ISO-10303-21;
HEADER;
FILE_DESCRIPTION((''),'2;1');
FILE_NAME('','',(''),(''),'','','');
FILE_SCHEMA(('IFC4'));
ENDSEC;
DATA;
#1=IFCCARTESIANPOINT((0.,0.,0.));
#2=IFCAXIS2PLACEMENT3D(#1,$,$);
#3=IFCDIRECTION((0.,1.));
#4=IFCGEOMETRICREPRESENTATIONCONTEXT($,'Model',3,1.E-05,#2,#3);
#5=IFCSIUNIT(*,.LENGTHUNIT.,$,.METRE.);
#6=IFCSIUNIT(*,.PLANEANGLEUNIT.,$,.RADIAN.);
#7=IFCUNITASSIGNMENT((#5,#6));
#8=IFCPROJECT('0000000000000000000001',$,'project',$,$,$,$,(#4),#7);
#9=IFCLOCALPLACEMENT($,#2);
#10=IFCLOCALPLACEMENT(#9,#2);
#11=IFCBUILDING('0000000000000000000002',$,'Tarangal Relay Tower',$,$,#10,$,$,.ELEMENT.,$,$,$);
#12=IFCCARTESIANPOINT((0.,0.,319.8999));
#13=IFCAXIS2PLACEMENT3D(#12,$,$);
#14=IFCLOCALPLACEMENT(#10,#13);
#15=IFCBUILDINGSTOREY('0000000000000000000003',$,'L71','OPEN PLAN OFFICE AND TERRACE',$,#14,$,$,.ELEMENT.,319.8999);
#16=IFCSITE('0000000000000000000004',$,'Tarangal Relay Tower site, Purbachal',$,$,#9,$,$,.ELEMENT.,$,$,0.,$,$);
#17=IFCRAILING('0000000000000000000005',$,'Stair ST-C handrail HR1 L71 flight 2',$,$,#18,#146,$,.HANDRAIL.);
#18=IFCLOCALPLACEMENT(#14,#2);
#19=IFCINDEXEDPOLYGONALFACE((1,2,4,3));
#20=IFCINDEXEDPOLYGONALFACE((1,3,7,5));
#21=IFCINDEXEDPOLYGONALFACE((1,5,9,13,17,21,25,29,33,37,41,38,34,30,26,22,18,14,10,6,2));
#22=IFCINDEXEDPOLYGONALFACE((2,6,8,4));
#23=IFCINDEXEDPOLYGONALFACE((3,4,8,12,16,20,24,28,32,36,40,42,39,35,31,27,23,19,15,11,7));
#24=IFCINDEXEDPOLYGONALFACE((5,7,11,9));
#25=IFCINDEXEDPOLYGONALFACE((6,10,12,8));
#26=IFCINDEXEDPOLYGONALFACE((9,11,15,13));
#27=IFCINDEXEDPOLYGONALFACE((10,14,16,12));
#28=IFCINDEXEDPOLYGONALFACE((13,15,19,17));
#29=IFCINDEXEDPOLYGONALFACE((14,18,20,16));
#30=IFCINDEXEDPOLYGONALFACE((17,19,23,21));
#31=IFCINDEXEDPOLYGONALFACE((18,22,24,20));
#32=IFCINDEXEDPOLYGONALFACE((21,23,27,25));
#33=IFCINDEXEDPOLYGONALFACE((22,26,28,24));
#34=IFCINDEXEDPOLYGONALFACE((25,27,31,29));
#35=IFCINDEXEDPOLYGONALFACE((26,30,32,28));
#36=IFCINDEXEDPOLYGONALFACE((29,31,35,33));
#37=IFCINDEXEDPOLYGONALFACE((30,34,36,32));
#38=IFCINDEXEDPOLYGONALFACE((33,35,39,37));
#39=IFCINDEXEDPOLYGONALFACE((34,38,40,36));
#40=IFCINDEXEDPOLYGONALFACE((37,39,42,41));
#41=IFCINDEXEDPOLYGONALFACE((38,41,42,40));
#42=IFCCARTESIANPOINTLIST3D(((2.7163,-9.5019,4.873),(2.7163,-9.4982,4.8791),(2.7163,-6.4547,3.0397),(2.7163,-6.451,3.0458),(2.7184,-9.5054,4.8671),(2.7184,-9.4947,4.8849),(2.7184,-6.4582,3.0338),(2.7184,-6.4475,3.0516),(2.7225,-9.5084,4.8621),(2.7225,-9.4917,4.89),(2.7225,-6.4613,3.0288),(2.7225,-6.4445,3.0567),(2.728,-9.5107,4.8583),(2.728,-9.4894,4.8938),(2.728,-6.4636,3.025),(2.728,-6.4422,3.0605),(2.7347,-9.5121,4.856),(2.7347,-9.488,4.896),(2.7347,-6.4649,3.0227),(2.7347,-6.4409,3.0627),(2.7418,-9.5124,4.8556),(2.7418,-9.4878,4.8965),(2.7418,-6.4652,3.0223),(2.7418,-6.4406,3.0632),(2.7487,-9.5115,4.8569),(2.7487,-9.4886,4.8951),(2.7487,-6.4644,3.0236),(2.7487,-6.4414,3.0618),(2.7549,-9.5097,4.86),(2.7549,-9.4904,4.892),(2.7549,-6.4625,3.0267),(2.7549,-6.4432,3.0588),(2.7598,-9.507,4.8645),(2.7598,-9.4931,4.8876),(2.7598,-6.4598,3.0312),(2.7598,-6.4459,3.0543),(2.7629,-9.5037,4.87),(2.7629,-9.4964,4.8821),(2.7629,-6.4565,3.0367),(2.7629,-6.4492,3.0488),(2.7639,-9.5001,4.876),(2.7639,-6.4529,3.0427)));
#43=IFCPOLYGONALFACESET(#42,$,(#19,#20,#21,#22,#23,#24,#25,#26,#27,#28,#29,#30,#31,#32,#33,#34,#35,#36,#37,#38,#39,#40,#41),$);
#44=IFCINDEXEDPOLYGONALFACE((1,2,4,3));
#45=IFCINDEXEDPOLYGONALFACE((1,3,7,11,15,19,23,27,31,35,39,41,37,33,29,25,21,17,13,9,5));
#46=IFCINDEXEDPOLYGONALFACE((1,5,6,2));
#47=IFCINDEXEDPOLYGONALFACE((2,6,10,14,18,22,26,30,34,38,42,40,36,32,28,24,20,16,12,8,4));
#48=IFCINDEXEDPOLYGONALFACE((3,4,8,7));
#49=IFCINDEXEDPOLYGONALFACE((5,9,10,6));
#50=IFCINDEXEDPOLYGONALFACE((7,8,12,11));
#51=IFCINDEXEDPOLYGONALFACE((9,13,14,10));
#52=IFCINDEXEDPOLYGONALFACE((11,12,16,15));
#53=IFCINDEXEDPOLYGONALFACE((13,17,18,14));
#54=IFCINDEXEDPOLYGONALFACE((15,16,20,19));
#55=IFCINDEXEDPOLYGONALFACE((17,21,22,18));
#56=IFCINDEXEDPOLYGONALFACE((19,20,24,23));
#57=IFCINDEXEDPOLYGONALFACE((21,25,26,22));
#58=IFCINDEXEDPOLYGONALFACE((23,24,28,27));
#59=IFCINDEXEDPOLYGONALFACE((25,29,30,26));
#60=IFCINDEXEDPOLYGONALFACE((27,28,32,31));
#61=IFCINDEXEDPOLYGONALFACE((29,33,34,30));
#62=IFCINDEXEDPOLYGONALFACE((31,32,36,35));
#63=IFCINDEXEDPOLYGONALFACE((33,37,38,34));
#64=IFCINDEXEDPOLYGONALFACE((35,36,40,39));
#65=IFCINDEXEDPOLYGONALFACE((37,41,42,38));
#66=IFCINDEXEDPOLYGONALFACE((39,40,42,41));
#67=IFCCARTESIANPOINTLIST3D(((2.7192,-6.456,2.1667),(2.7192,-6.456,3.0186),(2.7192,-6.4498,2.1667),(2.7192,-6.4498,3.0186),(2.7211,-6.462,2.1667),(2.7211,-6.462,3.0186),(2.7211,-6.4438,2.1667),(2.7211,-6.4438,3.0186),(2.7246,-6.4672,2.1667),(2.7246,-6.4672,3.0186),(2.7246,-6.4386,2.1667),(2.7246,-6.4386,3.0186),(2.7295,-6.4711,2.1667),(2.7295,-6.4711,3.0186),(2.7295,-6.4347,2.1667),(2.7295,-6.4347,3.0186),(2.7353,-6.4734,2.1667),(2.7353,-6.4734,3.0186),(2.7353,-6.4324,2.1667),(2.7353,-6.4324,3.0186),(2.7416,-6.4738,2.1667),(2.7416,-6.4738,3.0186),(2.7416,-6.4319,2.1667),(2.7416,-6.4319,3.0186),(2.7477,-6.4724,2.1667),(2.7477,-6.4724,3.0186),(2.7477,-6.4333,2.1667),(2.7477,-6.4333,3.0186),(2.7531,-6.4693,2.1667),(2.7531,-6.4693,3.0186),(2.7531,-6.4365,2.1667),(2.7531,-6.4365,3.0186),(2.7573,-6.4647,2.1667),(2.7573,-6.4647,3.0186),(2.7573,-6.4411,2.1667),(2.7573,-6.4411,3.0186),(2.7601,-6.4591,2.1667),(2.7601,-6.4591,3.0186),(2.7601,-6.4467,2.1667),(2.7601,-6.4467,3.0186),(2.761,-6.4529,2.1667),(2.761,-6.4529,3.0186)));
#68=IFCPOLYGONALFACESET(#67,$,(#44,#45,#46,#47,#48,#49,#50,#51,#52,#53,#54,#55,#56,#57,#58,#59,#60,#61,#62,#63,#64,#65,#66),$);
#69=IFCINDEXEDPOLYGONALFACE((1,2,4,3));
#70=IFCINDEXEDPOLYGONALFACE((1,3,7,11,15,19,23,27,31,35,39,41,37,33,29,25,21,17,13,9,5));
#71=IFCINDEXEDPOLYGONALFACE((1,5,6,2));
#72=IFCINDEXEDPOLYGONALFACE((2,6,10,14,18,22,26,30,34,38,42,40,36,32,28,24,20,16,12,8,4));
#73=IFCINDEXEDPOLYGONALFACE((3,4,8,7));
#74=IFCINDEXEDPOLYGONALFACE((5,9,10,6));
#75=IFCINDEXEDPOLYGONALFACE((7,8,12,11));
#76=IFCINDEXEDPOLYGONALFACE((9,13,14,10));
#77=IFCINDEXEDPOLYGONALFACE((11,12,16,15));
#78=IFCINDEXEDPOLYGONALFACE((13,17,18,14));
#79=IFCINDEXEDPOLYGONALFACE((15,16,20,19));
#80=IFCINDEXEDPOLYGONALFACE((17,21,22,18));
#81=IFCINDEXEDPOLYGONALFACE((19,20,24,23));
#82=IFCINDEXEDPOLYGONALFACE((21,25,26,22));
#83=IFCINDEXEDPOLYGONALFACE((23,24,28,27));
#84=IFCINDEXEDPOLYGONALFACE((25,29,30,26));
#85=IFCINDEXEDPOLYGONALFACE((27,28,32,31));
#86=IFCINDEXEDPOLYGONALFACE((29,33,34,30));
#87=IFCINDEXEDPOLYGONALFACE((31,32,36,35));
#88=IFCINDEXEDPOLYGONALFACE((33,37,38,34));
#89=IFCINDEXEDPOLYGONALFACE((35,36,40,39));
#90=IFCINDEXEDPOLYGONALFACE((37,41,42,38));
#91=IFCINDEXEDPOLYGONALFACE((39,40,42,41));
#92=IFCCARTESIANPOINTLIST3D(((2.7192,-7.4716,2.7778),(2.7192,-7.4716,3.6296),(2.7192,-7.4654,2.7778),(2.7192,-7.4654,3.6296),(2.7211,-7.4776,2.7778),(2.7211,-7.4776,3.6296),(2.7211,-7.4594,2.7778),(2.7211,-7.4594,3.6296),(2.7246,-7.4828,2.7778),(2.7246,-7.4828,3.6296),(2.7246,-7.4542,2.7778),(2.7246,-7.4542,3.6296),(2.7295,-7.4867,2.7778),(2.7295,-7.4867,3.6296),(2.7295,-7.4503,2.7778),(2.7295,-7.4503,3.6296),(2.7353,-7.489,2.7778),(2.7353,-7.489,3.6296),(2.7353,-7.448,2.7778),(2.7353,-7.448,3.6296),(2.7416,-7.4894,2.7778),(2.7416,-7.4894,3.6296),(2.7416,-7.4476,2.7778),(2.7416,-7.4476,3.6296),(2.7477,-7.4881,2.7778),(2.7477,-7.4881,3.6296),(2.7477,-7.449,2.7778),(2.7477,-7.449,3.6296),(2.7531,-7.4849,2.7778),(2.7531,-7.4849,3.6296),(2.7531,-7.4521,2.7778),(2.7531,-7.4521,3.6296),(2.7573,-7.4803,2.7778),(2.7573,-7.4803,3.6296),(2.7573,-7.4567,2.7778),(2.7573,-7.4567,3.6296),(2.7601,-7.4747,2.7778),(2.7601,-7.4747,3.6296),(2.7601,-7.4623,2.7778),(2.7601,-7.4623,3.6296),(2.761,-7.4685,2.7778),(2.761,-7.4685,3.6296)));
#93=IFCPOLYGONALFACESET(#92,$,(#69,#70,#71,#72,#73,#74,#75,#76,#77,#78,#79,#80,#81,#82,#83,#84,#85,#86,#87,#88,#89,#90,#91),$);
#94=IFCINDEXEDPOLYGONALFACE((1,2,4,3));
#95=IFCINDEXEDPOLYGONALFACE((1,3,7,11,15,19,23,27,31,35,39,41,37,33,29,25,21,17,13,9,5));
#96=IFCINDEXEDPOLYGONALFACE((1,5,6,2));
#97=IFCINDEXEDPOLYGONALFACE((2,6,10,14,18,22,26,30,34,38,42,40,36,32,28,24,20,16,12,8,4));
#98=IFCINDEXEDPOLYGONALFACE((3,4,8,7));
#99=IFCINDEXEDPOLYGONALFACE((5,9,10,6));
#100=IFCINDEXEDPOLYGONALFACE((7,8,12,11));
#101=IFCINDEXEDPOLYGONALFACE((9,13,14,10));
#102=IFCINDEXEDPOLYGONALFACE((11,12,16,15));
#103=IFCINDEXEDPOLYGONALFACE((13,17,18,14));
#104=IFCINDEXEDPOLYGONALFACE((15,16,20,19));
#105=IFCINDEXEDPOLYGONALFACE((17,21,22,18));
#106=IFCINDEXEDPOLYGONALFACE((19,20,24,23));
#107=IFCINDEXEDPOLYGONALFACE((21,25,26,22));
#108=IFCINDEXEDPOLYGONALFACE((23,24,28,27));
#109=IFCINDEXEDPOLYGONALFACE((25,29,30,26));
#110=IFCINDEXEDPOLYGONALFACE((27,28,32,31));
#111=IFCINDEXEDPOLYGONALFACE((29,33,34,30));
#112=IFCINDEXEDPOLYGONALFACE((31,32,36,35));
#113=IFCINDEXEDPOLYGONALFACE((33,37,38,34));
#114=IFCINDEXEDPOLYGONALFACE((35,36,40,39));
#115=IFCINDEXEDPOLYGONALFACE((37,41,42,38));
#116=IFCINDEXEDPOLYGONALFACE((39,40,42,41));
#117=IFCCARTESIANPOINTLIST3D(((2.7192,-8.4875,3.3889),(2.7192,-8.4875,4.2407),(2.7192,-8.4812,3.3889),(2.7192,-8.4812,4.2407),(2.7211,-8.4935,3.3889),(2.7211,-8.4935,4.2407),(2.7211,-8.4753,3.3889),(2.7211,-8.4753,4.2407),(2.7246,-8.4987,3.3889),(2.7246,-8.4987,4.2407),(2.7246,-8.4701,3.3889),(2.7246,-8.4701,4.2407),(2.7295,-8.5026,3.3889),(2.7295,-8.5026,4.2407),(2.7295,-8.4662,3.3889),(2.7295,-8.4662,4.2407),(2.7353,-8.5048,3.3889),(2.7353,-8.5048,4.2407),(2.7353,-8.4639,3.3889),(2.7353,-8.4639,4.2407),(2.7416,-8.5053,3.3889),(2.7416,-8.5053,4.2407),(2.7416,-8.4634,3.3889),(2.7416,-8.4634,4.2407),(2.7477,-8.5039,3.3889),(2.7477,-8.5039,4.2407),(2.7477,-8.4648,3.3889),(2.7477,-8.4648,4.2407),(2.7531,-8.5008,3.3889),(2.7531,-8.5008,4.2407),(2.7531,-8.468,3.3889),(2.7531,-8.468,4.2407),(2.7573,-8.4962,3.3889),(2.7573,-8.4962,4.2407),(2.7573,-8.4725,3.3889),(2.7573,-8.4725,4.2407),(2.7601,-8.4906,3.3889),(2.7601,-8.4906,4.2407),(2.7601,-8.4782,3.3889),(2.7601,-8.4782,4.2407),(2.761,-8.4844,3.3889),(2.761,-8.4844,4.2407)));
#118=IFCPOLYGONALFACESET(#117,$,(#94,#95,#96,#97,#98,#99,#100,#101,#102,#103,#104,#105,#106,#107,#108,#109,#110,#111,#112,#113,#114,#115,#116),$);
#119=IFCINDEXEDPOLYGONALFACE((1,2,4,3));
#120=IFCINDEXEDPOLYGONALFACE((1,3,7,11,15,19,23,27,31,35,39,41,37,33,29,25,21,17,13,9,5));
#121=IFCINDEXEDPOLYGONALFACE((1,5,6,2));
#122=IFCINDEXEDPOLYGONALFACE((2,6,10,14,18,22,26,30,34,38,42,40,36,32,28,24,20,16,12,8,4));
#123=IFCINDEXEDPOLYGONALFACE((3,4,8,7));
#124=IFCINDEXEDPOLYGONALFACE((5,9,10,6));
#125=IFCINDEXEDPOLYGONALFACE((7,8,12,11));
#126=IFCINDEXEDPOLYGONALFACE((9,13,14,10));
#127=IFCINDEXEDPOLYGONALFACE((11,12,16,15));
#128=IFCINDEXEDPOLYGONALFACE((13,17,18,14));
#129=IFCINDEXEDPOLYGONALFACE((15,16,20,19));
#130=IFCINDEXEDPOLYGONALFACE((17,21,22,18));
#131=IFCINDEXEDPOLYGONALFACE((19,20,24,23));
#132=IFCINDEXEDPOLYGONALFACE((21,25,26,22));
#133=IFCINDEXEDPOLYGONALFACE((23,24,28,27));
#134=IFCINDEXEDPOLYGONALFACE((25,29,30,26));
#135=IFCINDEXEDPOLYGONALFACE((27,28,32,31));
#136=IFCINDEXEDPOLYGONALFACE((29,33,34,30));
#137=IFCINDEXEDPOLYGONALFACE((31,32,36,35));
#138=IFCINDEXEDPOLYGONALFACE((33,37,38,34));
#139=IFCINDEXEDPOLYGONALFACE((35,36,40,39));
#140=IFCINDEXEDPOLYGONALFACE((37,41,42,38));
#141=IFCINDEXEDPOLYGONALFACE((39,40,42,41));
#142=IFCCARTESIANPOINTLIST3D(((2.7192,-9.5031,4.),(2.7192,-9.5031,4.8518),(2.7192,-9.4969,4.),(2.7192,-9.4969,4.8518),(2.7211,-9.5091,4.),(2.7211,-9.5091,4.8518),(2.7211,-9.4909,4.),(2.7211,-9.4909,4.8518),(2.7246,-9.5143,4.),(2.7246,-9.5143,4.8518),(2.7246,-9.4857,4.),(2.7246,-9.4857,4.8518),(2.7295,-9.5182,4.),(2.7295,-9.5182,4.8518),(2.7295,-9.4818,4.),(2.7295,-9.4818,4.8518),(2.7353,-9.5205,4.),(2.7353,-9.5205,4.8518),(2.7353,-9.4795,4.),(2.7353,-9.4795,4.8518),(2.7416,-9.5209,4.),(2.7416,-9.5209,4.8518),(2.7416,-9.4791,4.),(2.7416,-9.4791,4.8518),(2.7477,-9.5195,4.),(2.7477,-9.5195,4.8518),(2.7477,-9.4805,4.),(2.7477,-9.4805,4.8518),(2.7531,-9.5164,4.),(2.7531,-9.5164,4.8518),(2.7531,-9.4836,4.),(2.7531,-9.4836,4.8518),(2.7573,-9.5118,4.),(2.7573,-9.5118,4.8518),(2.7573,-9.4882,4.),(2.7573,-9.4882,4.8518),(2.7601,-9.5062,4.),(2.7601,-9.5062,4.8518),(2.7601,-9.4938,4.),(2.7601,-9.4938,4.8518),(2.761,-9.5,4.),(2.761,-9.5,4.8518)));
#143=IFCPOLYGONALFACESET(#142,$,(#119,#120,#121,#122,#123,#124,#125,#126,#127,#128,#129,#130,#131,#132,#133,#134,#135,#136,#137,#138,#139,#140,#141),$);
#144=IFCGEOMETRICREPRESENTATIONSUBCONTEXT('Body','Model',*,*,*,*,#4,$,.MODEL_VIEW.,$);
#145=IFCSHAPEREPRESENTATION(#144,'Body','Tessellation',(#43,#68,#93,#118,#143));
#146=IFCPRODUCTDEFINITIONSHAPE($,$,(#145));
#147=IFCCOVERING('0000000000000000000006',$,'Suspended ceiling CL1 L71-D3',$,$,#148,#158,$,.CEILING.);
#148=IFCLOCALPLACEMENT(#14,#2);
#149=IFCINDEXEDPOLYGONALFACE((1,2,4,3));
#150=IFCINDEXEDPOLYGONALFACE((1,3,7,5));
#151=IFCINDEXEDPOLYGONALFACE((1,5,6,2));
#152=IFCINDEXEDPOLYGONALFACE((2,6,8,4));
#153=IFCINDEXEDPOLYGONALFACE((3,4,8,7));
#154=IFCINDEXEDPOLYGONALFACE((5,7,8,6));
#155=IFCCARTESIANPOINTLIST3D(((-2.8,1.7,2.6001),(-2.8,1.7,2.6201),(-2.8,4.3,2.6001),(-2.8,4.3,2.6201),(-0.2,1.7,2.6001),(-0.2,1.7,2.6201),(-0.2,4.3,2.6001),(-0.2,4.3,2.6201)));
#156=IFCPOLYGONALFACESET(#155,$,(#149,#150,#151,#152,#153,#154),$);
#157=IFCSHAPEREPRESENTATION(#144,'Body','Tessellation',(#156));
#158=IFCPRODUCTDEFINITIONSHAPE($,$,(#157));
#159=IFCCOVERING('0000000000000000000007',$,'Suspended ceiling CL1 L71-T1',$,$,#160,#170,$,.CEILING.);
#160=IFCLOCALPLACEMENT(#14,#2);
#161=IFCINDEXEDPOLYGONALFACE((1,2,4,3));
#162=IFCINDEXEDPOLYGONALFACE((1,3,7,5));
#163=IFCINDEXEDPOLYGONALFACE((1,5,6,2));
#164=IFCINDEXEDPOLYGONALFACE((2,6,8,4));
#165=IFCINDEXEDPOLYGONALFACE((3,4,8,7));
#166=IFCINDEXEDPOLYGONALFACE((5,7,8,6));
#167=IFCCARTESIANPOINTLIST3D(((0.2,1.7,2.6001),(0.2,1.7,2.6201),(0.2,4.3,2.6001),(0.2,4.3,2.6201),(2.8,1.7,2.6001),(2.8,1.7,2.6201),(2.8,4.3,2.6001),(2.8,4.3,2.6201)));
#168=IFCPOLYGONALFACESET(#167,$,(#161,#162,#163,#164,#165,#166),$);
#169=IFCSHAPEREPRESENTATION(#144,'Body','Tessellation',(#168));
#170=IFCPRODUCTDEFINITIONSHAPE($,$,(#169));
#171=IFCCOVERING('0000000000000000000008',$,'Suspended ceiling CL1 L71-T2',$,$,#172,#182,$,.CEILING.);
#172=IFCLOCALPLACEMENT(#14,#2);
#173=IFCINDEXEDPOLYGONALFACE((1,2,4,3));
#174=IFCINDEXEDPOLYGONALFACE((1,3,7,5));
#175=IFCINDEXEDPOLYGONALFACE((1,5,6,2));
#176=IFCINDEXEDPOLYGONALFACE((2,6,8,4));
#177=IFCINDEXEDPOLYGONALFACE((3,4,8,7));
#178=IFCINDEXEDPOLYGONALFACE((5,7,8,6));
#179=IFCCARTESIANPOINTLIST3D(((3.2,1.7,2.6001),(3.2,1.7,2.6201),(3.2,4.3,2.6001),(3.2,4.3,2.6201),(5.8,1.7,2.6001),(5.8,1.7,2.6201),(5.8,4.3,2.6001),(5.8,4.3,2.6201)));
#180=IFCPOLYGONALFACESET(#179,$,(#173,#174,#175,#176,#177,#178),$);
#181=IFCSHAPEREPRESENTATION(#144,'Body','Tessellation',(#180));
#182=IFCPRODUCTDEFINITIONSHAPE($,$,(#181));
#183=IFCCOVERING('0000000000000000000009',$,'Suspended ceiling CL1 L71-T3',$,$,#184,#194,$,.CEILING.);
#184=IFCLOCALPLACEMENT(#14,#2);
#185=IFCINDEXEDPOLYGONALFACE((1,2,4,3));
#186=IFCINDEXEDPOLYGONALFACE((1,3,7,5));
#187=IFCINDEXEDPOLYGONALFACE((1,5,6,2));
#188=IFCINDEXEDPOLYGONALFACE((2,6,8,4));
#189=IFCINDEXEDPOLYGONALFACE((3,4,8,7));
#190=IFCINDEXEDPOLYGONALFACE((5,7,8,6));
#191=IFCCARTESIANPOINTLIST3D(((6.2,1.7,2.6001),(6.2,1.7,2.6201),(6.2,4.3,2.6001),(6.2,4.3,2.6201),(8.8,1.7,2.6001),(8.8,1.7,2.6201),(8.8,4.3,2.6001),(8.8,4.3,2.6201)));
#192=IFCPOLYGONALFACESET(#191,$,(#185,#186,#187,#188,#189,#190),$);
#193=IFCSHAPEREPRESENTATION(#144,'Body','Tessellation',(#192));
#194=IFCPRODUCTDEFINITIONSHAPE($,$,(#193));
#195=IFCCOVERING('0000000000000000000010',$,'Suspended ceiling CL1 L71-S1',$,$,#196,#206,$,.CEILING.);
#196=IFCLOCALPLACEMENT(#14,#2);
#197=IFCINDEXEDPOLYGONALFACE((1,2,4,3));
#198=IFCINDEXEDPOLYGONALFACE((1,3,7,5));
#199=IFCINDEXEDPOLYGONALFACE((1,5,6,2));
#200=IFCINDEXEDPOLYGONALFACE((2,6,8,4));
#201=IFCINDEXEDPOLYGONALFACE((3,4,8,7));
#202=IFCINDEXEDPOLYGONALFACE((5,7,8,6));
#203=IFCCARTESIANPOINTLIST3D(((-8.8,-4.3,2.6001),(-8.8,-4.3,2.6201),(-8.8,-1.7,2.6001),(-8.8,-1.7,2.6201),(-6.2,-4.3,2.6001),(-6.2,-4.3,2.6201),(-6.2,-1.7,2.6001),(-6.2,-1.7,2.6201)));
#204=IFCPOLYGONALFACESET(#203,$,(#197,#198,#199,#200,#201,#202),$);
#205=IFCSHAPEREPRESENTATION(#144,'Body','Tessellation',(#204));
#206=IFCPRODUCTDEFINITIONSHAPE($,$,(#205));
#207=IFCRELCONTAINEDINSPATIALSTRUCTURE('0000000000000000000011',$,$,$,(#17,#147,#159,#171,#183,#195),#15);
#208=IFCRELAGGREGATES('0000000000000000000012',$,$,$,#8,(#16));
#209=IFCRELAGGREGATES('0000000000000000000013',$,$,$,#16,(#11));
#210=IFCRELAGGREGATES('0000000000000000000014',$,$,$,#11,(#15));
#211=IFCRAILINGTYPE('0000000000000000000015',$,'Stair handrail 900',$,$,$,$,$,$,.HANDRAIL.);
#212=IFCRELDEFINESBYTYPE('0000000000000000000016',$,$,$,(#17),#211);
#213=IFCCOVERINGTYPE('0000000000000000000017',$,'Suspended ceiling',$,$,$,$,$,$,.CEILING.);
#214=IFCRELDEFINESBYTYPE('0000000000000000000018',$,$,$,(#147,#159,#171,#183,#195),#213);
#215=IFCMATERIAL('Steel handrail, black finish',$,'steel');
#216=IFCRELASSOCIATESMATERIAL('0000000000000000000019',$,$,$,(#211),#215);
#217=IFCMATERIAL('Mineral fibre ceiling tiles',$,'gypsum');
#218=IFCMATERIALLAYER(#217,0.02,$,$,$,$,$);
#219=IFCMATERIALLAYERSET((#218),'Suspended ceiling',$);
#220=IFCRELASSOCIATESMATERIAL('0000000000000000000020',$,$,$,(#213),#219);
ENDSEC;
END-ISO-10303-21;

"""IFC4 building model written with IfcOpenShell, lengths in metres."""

from ifc_helpers import new_model, si_unit, direction, frame, origin, origin_2d, place, context, subcontext, project, spatial, polyline, circle, outline, extrude, material, layer, layer_set, type_object, element, save


model = new_model("IFC4")

# Units and contexts
model_context = context("Model", 3, precision=1e-05, world=origin(), true_north=direction((0.0, 1.0)))
body_context = subcontext(model_context, "Body", "Model", "MODEL_VIEW")
ifc_project = project(units=[si_unit("LENGTHUNIT", "METRE"), si_unit("PLANEANGLEUNIT", "RADIAN")], contexts=[model_context])

# Site, building, storey
site_placement = place(None, origin())
site = spatial("IfcSite", under=ifc_project, at=site_placement, Name="Tarangal Relay Tower site, Purbachal", CompositionType="ELEMENT", RefElevation=0.0)
building_placement = place(site_placement, origin())
building = spatial("IfcBuilding", under=site, at=building_placement, Name="Tarangal Relay Tower", CompositionType="ELEMENT")
storey_placement = place(building_placement, frame((0.0, 0.0, 319.8999)))
storey = spatial("IfcBuildingStorey", under=building, at=storey_placement, Name="L71", Description="OPEN PLAN OFFICE AND TERRACE", CompositionType="ELEMENT", Elevation=319.8999)

# Railing
ifc_material_1 = material(Name="Steel handrail, black finish", Category="steel")
railing_type = type_object("IfcRailingType", Name="Stair handrail 900", PredefinedType="HANDRAIL", material=ifc_material_1)
railing_placement = place(storey_placement, frame((2.74, -6.4529, 2.1667)))
element("IfcRailing", 1, at=railing_placement, inside=storey, type_object=railing_type, Name="Stair ST-C handrail HR1 L71 flight 2", PredefinedType="HANDRAIL", context=body_context, shape_type="SweptSolid", body=[
    extrude(circle(Radius=0.0239, at=origin_2d()), frame((0.0, 0.0, 0.876), z_axis=(0.0, -0.856874, 0.515525), x_axis=(1.0, 0.0, 0.0)), (0.0, 0.0, 1.0), 3.5562),
    extrude(circle(Radius=0.021, at=origin_2d()), origin(), (0.0, 0.0, 1.0), 0.8518),
    extrude(circle(Radius=0.021, at=origin_2d()), frame((0.0, -1.0156, 0.6111)), (0.0, 0.0, 1.0), 0.8518),
    extrude(circle(Radius=0.021, at=origin_2d()), frame((0.0, -2.0315, 1.2222)), (0.0, 0.0, 1.0), 0.8518),
    extrude(circle(Radius=0.021, at=origin_2d()), frame((0.0, -3.0471, 1.8333)), (0.0, 0.0, 1.0), 0.8518),
])

# Coverings
ifc_material_2 = material(Name="Mineral fibre ceiling tiles", Category="gypsum")
ifc_layer_1 = layer(ifc_material_2, 0.02)
ifc_layer_set_1 = layer_set([ifc_layer_1], Name="Suspended ceiling")
covering_type_1 = type_object("IfcCoveringType", Name="Suspended ceiling", PredefinedType="CEILING", material=ifc_layer_set_1)
covering_1_placement = place(storey_placement, frame((0.0, 0.0, 2.6001)))
element("IfcCovering", 2, at=covering_1_placement, inside=storey, type_object=covering_type_1, Name="Suspended ceiling CL1 L71-D3", PredefinedType="CEILING", context=body_context, shape_type="SweptSolid", body=[
    extrude(outline(polyline([(-2.8, 1.7), (-0.2, 1.7), (-0.2, 4.3), (-2.8, 4.3), (-2.8, 1.7)])), origin(), (0.0, 0.0, 1.0), 0.02),
])
covering_2_placement = place(storey_placement, frame((0.0, 0.0, 2.6001)))
element("IfcCovering", 3, at=covering_2_placement, inside=storey, type_object=covering_type_1, Name="Suspended ceiling CL1 L71-T1", PredefinedType="CEILING", context=body_context, shape_type="SweptSolid", body=[
    extrude(outline(polyline([(0.2, 1.7), (2.8, 1.7), (2.8, 4.3), (0.2, 4.3), (0.2, 1.7)])), origin(), (0.0, 0.0, 1.0), 0.02),
])
covering_3_placement = place(storey_placement, frame((0.0, 0.0, 2.6001)))
element("IfcCovering", 4, at=covering_3_placement, inside=storey, type_object=covering_type_1, Name="Suspended ceiling CL1 L71-T2", PredefinedType="CEILING", context=body_context, shape_type="SweptSolid", body=[
    extrude(outline(polyline([(3.2, 1.7), (5.8, 1.7), (5.8, 4.3), (3.2, 4.3), (3.2, 1.7)])), origin(), (0.0, 0.0, 1.0), 0.02),
])
covering_4_placement = place(storey_placement, frame((0.0, 0.0, 2.6001)))
element("IfcCovering", 5, at=covering_4_placement, inside=storey, type_object=covering_type_1, Name="Suspended ceiling CL1 L71-T3", PredefinedType="CEILING", context=body_context, shape_type="SweptSolid", body=[
    extrude(outline(polyline([(6.2, 1.7), (8.8, 1.7), (8.8, 4.3), (6.2, 4.3), (6.2, 1.7)])), origin(), (0.0, 0.0, 1.0), 0.02),
])
covering_5_placement = place(storey_placement, frame((0.0, 0.0, 2.6001)))
element("IfcCovering", 6, at=covering_5_placement, inside=storey, type_object=covering_type_1, Name="Suspended ceiling CL1 L71-S1", PredefinedType="CEILING", context=body_context, shape_type="SweptSolid", body=[
    extrude(outline(polyline([(-8.8, -4.3), (-6.2, -4.3), (-6.2, -1.7), (-8.8, -1.7), (-8.8, -4.3)])), origin(), (0.0, 0.0, 1.0), 0.02),
])

save(model, "model.ifc")
